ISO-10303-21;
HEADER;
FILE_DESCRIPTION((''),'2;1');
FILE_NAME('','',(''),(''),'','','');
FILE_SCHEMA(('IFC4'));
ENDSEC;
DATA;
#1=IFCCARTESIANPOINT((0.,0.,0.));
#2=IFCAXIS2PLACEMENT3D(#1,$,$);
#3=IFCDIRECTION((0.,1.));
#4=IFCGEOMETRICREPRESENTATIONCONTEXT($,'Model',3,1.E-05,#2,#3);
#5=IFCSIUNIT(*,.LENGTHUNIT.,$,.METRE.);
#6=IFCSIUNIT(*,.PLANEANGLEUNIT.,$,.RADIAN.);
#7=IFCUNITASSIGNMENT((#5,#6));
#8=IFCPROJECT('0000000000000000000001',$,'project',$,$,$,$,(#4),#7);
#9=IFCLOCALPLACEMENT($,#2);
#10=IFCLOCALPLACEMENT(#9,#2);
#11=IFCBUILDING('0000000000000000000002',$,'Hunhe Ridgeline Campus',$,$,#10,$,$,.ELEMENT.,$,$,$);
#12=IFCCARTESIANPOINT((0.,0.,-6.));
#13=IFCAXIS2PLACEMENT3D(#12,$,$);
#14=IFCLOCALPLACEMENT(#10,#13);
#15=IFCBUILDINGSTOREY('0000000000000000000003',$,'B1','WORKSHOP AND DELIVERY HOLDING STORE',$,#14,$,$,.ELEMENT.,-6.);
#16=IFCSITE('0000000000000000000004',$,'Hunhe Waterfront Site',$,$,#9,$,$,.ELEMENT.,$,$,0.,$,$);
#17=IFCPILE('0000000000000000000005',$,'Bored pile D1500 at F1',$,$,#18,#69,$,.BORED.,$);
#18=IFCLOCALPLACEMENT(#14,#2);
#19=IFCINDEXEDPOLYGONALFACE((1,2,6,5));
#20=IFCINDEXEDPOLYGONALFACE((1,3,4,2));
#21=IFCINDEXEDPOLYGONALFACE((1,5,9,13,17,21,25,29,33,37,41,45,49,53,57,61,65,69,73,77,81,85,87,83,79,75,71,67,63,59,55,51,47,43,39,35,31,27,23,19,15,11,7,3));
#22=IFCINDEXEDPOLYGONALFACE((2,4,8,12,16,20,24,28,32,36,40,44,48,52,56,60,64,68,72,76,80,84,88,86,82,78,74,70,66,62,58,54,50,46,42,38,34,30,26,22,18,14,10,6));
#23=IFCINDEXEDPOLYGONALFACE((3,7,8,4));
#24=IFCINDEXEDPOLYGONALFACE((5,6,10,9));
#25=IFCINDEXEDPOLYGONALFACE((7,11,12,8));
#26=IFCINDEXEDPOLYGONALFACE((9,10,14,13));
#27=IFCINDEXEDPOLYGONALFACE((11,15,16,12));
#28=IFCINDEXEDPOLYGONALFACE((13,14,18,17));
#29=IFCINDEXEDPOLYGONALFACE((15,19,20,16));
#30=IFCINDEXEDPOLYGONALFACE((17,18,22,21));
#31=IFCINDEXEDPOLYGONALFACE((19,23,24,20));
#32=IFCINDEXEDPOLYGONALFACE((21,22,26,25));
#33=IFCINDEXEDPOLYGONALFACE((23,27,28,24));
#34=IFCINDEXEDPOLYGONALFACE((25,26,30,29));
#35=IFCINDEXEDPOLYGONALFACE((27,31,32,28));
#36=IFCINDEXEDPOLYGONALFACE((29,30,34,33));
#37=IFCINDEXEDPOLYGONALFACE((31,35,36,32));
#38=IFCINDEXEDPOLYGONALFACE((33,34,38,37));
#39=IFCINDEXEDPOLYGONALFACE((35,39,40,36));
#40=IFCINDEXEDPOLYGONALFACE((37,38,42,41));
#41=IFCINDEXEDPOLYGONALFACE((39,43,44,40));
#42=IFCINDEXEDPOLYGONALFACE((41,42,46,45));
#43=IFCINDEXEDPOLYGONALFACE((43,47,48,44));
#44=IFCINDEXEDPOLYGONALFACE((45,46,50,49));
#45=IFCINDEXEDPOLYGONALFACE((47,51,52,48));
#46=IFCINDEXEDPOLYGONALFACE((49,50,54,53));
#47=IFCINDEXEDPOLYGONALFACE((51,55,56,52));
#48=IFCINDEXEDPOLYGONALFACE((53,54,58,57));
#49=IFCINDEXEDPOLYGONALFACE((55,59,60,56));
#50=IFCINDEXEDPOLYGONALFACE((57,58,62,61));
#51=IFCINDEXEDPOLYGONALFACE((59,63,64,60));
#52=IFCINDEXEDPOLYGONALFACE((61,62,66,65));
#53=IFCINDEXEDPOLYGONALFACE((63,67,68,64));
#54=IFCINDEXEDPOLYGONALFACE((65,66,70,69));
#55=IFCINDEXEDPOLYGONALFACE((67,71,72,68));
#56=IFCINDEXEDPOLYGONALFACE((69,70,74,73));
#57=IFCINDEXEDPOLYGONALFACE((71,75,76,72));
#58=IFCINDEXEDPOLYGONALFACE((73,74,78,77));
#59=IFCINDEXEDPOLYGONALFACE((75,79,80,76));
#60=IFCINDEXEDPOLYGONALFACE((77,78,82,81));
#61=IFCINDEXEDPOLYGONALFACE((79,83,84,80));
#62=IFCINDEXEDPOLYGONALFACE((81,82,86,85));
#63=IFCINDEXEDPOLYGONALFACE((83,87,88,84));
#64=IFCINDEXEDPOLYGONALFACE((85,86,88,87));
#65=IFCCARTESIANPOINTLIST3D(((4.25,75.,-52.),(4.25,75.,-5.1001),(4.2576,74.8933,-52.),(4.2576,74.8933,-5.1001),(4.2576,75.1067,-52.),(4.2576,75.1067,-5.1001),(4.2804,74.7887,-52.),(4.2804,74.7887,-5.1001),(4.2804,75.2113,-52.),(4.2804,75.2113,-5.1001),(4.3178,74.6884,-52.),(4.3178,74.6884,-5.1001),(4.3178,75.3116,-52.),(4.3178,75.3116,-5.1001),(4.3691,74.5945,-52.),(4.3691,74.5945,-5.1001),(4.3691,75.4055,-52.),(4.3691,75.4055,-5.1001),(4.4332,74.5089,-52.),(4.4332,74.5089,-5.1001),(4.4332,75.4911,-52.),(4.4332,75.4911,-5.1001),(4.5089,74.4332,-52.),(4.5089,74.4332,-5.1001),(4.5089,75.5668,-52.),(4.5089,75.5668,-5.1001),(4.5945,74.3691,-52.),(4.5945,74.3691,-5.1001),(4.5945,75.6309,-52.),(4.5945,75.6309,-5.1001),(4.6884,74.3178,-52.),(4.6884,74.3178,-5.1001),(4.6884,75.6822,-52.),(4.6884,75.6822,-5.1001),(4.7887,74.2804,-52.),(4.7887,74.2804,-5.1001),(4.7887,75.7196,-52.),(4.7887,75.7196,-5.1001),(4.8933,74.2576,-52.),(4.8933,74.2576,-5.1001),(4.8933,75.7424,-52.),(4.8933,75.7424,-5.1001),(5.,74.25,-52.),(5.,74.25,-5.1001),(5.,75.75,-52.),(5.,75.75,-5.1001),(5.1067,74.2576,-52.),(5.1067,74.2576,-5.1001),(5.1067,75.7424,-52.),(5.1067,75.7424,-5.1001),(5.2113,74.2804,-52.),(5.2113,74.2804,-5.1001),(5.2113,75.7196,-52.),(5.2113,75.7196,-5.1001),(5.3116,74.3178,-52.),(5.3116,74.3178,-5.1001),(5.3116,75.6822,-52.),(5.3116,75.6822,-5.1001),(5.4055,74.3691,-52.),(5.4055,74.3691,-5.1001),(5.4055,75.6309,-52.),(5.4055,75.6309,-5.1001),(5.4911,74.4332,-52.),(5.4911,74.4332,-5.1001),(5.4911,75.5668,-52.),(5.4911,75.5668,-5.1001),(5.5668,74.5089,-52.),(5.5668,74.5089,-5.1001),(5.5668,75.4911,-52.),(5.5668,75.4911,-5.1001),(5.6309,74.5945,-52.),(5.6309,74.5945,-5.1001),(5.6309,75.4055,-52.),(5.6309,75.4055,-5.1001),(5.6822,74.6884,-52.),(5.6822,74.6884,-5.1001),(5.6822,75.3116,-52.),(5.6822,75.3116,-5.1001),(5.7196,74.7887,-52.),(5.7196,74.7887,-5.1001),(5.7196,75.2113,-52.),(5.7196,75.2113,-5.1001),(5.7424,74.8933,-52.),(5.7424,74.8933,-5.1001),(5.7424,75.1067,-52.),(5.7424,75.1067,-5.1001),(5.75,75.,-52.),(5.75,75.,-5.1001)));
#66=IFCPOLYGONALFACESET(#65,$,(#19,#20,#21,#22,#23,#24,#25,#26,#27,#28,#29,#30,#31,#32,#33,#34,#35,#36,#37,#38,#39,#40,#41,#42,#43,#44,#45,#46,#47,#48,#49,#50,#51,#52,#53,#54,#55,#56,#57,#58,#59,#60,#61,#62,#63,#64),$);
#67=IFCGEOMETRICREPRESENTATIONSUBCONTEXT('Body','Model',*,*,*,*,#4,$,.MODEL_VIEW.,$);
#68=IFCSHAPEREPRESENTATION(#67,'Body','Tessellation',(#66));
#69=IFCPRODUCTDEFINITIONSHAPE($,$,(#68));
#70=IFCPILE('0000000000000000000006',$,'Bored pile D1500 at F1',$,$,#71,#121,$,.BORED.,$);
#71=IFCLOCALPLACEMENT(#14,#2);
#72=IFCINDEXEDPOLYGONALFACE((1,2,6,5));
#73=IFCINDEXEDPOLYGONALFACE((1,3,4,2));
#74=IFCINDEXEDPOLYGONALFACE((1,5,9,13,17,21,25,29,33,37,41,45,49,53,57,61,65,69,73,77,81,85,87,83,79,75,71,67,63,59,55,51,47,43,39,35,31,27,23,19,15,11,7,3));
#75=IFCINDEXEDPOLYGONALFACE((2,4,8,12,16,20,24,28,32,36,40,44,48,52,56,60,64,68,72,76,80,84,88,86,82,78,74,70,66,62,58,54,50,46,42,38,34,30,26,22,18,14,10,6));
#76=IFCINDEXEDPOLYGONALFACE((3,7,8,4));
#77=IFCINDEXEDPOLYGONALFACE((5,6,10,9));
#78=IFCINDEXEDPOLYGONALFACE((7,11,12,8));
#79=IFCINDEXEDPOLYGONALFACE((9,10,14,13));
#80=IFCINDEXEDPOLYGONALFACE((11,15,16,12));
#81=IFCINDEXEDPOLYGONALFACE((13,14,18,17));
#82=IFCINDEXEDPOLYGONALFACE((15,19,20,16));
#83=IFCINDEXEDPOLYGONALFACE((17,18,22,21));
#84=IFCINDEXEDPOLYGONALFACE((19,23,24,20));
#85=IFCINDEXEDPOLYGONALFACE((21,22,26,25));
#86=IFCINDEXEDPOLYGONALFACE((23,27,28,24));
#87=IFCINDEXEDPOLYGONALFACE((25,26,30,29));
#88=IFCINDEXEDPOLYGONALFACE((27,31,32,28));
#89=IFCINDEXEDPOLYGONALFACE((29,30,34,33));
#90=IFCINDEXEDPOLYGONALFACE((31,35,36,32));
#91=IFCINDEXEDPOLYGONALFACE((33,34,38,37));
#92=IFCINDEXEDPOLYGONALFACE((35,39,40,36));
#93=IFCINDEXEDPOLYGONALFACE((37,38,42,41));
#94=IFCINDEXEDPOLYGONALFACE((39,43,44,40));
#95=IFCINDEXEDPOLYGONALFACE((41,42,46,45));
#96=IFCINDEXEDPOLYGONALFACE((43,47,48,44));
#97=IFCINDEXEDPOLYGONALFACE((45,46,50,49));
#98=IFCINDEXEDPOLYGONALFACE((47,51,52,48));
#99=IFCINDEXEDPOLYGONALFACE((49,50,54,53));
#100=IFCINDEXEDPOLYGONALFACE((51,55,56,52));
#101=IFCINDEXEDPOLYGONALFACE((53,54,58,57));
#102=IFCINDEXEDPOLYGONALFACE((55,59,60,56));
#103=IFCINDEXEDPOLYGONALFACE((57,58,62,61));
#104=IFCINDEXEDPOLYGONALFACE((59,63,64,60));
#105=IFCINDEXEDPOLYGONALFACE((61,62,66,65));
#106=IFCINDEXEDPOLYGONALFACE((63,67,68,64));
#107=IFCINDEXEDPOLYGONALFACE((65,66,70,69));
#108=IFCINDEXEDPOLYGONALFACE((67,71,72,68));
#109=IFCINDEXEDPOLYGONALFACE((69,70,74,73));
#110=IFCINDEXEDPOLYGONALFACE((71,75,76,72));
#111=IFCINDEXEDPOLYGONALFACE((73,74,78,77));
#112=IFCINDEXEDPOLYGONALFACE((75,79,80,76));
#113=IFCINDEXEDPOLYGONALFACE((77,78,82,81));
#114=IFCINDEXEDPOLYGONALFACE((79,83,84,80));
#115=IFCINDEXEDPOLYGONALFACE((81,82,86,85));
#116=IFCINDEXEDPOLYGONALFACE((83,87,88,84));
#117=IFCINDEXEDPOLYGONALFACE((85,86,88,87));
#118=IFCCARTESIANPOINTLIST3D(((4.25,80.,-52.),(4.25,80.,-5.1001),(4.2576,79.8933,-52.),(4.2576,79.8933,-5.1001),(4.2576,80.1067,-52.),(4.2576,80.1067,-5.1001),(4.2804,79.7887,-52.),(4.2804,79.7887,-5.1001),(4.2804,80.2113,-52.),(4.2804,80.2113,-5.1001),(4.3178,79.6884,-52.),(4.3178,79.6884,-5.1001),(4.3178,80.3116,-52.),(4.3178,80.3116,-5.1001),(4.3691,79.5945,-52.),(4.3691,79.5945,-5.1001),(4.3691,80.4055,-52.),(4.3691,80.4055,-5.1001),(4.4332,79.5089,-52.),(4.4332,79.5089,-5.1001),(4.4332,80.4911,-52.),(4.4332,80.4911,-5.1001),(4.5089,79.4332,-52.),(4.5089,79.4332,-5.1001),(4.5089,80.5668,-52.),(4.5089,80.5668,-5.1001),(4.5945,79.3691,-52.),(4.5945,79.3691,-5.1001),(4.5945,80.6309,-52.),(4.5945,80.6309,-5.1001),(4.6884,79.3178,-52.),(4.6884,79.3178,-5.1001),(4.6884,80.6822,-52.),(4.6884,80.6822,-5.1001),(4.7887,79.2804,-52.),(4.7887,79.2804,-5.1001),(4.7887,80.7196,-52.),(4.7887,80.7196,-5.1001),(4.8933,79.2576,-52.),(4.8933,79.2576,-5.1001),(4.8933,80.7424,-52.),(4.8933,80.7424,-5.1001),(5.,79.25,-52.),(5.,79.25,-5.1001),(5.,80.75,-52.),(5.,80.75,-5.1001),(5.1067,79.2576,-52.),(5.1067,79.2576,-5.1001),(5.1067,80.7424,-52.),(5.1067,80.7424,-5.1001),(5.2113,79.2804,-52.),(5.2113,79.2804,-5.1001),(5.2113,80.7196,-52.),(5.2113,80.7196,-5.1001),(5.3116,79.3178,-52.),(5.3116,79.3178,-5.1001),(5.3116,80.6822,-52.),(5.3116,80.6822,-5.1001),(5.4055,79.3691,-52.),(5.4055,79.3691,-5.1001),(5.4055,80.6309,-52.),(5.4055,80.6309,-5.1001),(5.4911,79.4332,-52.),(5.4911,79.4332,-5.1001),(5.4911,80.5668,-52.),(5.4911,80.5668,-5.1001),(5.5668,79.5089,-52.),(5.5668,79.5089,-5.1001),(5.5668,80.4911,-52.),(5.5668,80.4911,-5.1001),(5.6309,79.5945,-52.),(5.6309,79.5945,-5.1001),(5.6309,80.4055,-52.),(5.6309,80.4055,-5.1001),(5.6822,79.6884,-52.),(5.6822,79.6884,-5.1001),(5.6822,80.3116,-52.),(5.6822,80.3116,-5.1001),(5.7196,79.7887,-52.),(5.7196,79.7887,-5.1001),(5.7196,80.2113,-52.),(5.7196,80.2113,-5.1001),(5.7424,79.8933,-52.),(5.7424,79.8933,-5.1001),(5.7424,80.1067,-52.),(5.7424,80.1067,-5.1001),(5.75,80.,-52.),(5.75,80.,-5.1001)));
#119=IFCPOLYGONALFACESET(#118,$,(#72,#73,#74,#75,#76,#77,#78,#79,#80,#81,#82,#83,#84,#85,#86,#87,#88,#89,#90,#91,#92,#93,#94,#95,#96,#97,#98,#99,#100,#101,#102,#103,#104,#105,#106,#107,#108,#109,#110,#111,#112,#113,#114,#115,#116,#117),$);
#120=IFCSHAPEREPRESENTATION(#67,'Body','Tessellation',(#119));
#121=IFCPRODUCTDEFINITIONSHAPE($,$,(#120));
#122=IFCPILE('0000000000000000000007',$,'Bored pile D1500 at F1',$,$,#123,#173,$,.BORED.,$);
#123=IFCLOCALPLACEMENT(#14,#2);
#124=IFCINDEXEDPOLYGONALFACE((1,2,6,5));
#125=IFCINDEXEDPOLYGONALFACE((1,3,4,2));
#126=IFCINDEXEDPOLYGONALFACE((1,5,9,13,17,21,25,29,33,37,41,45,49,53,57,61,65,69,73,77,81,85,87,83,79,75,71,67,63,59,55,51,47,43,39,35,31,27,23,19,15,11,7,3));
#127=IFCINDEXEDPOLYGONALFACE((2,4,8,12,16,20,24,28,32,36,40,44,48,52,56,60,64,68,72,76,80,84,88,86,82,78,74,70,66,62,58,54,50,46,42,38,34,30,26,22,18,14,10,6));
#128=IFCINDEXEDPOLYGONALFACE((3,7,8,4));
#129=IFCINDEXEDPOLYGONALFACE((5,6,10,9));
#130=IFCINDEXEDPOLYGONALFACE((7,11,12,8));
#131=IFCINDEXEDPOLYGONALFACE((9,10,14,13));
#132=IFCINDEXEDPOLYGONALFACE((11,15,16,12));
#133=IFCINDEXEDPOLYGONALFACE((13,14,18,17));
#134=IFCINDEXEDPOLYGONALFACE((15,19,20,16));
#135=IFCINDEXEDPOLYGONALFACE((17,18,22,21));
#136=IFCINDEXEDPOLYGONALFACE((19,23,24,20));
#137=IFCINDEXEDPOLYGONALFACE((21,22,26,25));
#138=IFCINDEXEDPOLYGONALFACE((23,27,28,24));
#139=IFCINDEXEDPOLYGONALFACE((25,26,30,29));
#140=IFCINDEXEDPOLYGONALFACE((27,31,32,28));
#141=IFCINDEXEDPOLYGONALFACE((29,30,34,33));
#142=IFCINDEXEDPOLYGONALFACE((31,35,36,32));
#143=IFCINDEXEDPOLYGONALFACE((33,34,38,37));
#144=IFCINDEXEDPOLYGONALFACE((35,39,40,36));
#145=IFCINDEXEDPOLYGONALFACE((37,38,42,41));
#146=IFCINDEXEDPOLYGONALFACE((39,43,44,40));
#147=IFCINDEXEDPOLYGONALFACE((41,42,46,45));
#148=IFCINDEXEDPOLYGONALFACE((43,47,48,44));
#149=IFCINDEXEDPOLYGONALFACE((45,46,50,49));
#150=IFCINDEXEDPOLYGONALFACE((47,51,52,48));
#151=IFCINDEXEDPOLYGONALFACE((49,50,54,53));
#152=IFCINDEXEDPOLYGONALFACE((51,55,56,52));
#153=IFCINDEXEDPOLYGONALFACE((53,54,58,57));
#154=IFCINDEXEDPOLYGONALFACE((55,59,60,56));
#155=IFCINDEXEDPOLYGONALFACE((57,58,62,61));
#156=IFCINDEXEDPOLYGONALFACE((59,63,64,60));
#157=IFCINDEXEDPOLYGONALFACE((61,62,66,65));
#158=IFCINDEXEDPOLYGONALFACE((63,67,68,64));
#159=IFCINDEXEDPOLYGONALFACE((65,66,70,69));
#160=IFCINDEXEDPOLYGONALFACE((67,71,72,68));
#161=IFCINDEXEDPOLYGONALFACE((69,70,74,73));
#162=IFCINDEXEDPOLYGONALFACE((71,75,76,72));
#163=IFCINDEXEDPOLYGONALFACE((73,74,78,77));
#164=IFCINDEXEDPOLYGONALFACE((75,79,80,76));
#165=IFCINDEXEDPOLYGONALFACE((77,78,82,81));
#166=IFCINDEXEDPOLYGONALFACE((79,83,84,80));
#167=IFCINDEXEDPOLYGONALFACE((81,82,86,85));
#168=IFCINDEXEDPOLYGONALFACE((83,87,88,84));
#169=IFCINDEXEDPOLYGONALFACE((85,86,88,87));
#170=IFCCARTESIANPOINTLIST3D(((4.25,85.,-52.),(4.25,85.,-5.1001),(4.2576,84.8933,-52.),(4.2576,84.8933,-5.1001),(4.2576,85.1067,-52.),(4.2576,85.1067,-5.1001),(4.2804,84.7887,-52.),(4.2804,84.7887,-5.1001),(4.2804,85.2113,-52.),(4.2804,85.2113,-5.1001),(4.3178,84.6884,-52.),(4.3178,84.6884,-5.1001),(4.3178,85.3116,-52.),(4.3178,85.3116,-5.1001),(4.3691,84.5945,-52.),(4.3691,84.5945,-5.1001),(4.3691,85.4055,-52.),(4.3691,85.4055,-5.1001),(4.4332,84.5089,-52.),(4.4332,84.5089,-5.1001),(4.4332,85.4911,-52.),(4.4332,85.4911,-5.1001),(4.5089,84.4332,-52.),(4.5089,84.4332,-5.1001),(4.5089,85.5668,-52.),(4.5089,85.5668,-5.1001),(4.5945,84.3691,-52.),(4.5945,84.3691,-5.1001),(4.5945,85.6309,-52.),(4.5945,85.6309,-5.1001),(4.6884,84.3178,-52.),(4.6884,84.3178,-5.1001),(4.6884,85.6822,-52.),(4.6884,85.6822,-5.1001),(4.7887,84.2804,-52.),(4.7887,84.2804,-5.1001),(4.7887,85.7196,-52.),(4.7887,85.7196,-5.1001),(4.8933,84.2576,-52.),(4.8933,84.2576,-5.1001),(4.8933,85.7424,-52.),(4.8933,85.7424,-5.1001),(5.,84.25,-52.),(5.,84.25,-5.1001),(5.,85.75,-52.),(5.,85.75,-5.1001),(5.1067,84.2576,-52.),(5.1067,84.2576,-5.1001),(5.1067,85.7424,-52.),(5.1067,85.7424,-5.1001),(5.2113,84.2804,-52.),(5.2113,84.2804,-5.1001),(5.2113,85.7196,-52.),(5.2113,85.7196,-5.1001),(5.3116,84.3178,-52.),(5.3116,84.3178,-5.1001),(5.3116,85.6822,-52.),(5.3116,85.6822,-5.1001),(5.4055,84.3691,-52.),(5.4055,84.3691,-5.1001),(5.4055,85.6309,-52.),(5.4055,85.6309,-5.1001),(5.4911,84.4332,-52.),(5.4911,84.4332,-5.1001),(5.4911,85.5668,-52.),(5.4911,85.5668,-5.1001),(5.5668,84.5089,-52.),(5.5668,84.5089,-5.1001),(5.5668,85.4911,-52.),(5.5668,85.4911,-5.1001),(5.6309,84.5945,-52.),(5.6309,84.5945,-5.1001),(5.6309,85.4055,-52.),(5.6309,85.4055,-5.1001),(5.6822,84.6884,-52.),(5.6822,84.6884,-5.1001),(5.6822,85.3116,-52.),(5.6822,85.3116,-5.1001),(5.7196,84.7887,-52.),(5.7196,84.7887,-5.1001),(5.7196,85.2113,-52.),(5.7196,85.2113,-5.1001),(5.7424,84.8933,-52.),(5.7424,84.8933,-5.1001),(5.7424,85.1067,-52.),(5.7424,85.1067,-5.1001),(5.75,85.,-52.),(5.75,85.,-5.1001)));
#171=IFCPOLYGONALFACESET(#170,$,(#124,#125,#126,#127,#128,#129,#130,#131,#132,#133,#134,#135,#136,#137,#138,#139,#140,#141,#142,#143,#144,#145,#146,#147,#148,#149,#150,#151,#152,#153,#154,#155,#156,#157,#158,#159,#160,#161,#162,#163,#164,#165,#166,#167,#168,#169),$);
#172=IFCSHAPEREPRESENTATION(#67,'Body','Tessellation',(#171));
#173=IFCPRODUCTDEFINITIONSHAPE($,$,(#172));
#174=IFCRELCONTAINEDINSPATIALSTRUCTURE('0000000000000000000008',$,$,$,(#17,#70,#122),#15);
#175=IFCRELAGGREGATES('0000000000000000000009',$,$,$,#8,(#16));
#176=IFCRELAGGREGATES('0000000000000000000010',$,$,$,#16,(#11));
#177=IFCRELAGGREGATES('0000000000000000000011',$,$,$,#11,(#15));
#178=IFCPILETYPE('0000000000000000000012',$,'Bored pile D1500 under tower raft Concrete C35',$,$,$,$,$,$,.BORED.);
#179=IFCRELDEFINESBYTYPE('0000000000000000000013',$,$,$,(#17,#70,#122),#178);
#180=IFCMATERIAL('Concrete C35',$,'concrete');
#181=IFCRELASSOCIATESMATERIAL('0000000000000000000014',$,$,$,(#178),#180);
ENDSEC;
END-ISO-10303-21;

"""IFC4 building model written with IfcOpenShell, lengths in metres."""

from ifc_helpers import new_model, si_unit, direction, frame, origin, origin_2d, place, context, subcontext, project, spatial, circle, extrude, material, material_profile, profile_set, type_object, element, save


model = new_model("IFC4")

# Units and contexts
model_context = context("Model", 3, precision=1e-05, world=origin(), true_north=direction((0.0, 1.0)))
body_context = subcontext(model_context, "Body", "Model", "MODEL_VIEW")
ifc_project = project(units=[si_unit("LENGTHUNIT", "METRE"), si_unit("PLANEANGLEUNIT", "RADIAN")], contexts=[model_context])

# Site, building, storey
site_placement = place(None, origin())
site = spatial("IfcSite", under=ifc_project, at=site_placement, Name="Hunhe Waterfront Site", CompositionType="ELEMENT", RefElevation=0.0)
building_placement = place(site_placement, origin())
building = spatial("IfcBuilding", under=site, at=building_placement, Name="Hunhe Ridgeline Campus", CompositionType="ELEMENT")
storey_placement = place(building_placement, frame((0.0, 0.0, -6.0)))
storey = spatial("IfcBuildingStorey", under=building, at=storey_placement, Name="B1", Description="WORKSHOP AND DELIVERY HOLDING STORE", CompositionType="ELEMENT", Elevation=-6.0)

# Piles
ifc_material_1 = material(Name="Concrete C35", Category="concrete")
ifc_material_profile = material_profile(ifc_material_1, circle(Radius=0.75, at=origin_2d()))
ifc_profile_set = profile_set([ifc_material_profile], Name="Concrete C35")
pile_type = type_object("IfcPileType", Name="Bored pile D1500 under tower raft Concrete C35", PredefinedType="BORED", material=ifc_profile_set)
for number, where, z_axis, x_axis, name in (
    (1, (5.0, 75.0, -5.1001), (0.0, 0.0, -1.0), (1.0, 0.0, 0.0), "Bored pile D1500 at F1"),
    (2, (5.0, 80.0, -5.1001), (0.0, 0.0, -1.0), (1.0, 0.0, 0.0), "Bored pile D1500 at F1"),
    (3, (5.0, 85.0, -5.1001), (0.0, 0.0, -1.0), (1.0, 0.0, 0.0), "Bored pile D1500 at F1"),
):
    element("IfcPile", number, at=place(storey_placement, frame(where, z_axis=z_axis, x_axis=x_axis)), inside=storey, type_object=pile_type, Name=name, PredefinedType="BORED", context=body_context, shape_type="SweptSolid", body=[
        extrude(circle(Radius=0.75, at=origin_2d()), origin(), (0.0, 0.0, 1.0), 46.8999),
    ])

save(model, "model.ifc")
